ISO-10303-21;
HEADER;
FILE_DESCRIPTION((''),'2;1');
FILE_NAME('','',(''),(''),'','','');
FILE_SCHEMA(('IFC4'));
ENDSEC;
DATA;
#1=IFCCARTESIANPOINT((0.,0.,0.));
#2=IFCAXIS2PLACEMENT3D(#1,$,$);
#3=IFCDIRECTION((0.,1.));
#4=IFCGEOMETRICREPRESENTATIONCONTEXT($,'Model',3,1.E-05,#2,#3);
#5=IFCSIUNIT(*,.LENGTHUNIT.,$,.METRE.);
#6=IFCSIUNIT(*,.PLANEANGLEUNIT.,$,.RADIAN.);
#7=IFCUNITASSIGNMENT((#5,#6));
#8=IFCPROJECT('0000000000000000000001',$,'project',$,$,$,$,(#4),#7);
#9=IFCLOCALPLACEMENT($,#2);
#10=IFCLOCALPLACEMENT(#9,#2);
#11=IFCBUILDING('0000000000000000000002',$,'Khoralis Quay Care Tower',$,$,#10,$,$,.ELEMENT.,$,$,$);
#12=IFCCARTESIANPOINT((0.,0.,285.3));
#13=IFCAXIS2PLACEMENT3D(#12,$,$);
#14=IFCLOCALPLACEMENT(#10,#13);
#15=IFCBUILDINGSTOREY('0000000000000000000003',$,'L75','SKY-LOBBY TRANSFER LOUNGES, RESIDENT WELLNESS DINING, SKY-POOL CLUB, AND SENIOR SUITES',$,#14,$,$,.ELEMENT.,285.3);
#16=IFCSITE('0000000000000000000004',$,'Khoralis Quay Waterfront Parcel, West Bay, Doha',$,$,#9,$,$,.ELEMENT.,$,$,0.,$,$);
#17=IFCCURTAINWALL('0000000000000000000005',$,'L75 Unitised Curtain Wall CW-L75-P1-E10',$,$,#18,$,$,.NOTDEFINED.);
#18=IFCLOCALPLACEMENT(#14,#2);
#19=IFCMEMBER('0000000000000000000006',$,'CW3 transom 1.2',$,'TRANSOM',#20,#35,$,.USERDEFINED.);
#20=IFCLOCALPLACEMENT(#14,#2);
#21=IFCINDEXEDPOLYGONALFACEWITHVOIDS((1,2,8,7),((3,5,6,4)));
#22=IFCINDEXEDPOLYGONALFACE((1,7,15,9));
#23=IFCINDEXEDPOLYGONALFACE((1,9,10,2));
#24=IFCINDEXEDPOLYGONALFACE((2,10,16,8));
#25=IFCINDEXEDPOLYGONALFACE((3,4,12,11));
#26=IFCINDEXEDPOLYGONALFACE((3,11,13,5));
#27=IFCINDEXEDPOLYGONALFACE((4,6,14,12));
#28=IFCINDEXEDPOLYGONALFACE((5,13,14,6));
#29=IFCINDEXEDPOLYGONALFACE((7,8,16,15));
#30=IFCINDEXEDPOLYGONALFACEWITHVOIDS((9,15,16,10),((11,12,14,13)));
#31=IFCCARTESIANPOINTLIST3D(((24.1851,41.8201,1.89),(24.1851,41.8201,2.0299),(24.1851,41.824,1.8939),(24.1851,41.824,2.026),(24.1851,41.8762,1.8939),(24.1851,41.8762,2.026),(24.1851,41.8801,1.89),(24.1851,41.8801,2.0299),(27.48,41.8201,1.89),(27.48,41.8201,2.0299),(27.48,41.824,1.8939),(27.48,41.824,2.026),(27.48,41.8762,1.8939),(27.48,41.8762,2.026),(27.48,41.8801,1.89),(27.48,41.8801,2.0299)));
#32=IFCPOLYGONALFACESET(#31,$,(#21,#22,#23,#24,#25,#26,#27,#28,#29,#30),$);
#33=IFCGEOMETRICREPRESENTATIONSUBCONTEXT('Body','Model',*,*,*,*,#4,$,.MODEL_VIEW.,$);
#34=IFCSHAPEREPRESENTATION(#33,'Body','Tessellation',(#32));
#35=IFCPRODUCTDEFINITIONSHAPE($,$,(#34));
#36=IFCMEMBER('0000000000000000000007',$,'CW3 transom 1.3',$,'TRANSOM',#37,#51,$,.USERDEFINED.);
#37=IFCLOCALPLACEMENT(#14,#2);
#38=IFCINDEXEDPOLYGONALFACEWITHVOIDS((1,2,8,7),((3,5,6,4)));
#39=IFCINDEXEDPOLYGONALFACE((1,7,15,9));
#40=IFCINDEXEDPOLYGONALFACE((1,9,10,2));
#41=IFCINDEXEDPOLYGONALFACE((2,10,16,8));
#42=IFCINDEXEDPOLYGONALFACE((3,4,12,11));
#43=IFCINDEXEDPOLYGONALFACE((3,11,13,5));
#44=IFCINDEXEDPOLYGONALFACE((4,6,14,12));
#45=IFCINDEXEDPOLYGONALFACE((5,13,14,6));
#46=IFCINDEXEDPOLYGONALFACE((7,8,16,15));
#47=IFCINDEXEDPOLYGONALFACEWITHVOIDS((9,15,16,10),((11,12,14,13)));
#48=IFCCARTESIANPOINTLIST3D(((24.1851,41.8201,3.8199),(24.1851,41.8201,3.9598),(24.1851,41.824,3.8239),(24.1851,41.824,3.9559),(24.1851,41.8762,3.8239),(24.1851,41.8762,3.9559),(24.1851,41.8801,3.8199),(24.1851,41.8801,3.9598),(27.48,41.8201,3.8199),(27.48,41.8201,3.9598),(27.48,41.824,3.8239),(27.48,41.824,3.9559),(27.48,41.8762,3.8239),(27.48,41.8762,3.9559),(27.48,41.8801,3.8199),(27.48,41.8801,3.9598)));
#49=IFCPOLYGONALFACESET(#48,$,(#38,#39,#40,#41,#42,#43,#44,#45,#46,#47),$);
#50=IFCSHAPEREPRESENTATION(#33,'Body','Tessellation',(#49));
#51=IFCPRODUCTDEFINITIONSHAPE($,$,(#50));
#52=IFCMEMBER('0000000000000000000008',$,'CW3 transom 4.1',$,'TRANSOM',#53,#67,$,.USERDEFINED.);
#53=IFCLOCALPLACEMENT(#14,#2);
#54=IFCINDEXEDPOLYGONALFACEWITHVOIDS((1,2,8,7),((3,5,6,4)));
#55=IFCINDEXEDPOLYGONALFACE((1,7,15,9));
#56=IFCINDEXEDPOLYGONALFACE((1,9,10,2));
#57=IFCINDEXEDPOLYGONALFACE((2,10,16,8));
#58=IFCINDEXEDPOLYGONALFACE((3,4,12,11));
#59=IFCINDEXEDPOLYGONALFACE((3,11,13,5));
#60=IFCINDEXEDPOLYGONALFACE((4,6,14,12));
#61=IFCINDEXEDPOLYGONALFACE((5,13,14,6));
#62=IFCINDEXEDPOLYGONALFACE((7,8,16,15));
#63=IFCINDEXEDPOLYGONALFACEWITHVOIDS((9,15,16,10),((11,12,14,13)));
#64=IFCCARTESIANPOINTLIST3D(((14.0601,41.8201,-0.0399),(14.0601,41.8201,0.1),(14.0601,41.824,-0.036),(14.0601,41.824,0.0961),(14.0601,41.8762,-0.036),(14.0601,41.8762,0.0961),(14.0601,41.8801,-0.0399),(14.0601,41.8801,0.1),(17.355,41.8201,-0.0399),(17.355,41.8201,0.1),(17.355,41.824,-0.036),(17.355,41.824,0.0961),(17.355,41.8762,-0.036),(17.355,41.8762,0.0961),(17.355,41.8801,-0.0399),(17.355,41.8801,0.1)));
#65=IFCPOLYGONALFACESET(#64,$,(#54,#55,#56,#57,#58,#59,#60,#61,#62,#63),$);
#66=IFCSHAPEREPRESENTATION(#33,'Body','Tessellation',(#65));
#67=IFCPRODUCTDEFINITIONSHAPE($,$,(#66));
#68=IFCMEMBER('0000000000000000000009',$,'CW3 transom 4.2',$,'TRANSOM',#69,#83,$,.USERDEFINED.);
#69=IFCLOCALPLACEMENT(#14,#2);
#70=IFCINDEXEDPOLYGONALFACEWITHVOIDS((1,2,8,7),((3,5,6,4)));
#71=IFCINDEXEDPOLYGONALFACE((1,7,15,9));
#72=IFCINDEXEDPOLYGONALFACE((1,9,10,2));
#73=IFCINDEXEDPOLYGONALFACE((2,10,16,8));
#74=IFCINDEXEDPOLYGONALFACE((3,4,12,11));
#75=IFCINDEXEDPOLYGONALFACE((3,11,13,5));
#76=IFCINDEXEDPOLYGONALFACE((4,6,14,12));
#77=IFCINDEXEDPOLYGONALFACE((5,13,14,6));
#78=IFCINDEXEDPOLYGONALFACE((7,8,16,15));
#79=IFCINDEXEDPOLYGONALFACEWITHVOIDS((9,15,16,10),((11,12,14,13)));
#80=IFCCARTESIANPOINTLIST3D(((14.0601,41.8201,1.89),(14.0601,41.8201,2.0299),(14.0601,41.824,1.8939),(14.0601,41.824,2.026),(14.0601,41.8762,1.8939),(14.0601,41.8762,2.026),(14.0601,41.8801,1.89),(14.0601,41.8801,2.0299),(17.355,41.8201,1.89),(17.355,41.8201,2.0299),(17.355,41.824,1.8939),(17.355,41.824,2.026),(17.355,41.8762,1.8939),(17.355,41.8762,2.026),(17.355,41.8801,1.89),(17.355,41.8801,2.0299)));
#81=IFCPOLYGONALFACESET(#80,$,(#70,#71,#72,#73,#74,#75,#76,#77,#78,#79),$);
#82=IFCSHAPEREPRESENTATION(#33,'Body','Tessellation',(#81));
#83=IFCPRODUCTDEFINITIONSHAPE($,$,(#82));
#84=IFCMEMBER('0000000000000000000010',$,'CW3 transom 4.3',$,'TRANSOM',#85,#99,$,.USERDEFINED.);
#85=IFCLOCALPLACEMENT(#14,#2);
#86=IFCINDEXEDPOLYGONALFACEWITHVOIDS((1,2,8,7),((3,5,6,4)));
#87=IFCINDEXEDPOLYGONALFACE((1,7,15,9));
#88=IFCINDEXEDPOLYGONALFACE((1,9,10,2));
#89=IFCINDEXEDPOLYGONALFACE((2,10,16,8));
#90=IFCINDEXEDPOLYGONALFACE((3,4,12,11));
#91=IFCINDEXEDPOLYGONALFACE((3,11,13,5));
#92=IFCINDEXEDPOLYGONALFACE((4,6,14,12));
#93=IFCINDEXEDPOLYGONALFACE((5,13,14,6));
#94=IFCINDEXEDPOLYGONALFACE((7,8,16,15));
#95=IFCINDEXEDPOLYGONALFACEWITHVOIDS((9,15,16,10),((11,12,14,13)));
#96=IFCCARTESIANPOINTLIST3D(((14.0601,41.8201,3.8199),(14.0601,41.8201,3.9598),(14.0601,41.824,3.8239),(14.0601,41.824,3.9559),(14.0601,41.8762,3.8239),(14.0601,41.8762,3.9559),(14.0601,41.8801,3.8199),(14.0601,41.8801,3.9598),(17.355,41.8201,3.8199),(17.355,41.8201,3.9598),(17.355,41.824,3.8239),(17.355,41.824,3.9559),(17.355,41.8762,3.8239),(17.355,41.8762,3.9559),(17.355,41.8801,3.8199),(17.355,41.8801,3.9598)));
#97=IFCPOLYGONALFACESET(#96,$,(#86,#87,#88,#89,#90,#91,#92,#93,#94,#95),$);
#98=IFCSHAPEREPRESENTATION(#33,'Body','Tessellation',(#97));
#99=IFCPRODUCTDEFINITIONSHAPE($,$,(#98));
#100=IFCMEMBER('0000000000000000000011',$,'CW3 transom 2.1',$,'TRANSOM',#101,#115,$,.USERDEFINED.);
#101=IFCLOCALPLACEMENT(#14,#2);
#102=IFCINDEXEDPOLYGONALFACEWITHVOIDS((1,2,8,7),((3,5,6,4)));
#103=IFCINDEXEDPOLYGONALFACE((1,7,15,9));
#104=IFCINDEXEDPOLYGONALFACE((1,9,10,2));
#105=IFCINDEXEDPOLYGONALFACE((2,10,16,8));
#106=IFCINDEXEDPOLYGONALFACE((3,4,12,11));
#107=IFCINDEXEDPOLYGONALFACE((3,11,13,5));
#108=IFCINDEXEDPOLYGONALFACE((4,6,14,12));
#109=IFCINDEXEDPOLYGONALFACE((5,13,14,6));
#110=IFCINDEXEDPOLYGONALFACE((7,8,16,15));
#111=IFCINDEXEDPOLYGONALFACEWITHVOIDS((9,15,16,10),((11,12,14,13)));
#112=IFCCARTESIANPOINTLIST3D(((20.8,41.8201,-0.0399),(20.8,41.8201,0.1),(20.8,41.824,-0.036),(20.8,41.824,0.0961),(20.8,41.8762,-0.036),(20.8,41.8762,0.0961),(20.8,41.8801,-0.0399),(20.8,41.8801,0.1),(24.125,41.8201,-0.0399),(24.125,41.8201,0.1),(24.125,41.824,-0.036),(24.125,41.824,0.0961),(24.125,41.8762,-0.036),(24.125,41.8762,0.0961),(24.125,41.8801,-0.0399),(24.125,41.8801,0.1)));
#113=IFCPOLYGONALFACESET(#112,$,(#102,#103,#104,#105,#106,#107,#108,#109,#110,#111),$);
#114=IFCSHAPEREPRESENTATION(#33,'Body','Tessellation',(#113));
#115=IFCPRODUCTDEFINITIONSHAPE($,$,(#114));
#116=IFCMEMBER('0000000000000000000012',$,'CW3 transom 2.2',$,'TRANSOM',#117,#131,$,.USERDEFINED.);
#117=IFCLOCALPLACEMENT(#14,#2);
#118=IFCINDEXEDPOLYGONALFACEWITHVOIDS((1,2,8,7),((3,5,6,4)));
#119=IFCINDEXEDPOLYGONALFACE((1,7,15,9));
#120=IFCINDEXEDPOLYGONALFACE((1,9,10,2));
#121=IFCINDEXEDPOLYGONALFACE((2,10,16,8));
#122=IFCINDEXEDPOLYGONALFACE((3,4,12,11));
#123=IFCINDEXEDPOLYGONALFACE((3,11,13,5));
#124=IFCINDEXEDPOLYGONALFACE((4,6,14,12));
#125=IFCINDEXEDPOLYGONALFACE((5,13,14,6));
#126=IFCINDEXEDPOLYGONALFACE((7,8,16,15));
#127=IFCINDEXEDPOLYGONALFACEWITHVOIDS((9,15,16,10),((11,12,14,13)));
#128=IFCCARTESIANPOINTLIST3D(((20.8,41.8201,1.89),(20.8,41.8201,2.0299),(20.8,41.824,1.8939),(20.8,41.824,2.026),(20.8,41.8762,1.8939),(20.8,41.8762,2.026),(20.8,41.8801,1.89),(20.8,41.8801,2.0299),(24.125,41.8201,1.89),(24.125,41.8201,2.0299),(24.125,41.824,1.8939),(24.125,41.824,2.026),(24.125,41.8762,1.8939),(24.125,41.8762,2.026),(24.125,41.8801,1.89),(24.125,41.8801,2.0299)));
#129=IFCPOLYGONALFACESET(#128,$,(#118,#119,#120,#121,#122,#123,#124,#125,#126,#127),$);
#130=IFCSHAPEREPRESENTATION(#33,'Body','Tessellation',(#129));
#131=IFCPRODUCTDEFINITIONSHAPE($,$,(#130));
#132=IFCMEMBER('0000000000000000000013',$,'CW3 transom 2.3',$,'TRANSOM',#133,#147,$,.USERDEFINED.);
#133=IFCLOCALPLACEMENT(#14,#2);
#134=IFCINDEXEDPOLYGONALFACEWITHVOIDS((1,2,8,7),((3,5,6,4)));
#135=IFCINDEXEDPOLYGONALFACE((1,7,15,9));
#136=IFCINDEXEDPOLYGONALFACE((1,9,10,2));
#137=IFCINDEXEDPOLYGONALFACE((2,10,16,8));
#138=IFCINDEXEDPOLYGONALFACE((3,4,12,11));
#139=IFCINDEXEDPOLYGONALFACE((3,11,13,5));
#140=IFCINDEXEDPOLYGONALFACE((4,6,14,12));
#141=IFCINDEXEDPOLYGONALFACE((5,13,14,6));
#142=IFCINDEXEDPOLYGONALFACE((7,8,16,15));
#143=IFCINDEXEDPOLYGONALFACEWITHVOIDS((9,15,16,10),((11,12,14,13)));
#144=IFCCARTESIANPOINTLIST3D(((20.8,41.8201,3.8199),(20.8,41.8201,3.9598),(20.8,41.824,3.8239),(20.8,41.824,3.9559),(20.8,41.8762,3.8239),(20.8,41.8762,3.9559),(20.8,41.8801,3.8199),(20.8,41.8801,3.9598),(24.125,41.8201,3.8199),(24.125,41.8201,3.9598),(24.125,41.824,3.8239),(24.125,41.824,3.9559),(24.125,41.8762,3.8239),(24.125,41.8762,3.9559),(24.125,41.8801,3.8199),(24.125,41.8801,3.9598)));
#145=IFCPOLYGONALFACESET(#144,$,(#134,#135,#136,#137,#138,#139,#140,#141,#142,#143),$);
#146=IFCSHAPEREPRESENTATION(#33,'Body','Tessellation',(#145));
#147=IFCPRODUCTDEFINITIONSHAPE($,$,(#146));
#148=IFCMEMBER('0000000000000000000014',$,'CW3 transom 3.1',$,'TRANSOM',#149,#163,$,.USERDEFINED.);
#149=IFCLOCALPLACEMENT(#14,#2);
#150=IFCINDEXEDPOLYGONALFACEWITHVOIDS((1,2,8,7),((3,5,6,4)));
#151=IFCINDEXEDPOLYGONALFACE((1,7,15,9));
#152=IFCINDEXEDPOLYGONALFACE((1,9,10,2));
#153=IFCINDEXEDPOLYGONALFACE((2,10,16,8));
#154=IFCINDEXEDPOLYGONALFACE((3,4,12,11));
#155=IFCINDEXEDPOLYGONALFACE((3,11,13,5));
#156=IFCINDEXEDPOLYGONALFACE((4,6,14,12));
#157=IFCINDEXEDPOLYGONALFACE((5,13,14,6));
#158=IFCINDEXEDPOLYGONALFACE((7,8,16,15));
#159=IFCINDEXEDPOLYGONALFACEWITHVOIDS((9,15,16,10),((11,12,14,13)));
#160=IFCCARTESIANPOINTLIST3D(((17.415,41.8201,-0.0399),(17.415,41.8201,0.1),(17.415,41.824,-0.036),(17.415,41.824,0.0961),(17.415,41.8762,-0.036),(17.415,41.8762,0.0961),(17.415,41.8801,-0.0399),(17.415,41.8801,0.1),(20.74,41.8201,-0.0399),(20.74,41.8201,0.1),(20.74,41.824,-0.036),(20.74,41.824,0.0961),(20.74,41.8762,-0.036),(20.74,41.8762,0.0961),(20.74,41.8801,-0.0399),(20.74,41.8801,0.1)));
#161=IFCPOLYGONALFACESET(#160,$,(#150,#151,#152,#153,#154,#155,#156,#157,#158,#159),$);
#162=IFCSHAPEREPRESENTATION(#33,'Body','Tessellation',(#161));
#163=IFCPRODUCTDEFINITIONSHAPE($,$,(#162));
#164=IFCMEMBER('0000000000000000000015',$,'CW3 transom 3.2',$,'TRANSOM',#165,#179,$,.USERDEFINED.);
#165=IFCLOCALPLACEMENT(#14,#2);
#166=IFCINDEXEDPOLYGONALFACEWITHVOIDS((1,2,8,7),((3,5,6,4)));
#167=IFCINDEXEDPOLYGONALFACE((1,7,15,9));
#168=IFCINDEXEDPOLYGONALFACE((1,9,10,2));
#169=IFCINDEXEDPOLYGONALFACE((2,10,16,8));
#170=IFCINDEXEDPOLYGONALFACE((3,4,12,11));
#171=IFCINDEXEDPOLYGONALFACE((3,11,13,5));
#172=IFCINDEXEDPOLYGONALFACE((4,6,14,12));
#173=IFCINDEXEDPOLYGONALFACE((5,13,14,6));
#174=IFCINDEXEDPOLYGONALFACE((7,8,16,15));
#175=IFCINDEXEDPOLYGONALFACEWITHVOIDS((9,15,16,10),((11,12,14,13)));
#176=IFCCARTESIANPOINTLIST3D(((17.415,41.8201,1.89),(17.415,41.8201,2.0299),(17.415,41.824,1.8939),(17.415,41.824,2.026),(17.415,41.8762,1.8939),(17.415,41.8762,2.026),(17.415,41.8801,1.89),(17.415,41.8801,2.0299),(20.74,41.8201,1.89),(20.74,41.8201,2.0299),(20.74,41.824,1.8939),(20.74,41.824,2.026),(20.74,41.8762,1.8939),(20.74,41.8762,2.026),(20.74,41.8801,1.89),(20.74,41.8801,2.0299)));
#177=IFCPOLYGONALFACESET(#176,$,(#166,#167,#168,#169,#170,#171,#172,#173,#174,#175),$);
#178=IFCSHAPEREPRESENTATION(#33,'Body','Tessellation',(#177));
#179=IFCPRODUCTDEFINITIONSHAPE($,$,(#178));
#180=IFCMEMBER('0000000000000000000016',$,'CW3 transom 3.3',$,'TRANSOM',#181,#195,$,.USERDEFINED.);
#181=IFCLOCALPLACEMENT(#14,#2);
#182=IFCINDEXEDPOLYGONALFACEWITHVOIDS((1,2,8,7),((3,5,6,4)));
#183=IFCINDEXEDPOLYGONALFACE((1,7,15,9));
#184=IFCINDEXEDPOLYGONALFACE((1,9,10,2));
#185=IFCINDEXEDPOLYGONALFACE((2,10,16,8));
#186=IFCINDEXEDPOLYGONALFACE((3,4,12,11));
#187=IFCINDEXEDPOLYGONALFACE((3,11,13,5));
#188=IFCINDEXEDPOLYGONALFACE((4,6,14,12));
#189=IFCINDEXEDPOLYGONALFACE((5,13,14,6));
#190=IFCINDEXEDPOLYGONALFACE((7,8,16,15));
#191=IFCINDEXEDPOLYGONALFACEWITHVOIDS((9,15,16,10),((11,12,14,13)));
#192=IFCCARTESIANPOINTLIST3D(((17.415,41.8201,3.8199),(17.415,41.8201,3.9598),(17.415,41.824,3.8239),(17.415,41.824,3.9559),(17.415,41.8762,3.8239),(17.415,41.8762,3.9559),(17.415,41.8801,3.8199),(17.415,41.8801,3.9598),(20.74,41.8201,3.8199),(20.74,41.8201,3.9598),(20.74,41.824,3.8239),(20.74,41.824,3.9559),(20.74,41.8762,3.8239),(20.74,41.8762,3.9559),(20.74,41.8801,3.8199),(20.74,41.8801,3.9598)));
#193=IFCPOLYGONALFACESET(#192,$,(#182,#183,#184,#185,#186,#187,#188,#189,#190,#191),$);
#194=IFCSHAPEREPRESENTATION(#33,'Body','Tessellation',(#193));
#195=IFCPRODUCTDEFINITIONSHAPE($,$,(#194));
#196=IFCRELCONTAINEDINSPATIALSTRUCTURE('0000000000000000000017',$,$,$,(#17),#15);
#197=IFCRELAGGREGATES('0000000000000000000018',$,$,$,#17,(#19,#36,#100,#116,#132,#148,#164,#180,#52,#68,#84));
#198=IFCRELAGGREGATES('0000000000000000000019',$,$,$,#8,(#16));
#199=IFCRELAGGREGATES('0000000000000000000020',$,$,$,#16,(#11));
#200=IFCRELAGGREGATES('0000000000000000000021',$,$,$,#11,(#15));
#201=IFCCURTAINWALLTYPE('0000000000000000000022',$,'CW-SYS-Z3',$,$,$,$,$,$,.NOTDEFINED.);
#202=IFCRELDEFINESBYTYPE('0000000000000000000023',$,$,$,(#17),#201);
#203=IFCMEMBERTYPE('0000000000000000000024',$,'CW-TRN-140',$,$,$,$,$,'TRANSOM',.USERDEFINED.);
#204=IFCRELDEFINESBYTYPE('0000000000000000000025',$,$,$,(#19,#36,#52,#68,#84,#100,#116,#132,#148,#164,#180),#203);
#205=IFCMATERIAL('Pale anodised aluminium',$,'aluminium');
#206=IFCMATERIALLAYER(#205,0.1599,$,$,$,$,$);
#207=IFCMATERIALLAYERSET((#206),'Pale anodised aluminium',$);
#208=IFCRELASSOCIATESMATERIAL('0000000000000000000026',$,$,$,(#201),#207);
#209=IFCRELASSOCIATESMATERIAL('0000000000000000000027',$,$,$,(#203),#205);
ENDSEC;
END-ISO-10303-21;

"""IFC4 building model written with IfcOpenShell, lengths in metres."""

from ifc_helpers import new_model, si_unit, direction, frame, origin, origin_2d, place, context, subcontext, project, spatial, hollow_rectangle, extrude, source, transform, mapped, material, layer, layer_set, material_profile, profile_set, type_object, element, aggregate, save


model = new_model("IFC4")

# Units and contexts
model_context = context("Model", 3, precision=1e-05, world=origin(), true_north=direction((0.0, 1.0)))
body_context = subcontext(model_context, "Body", "Model", "MODEL_VIEW")
ifc_project = project(units=[si_unit("LENGTHUNIT", "METRE"), si_unit("PLANEANGLEUNIT", "RADIAN")], contexts=[model_context])

# Site, building, storey
site_placement = place(None, origin())
site = spatial("IfcSite", under=ifc_project, at=site_placement, Name="Khoralis Quay Waterfront Parcel, West Bay, Doha", CompositionType="ELEMENT", RefElevation=0.0)
building_placement = place(site_placement, origin())
building = spatial("IfcBuilding", under=site, at=building_placement, Name="Khoralis Quay Care Tower", CompositionType="ELEMENT")
storey_placement = place(building_placement, frame((0.0, 0.0, 285.3)))
storey = spatial("IfcBuildingStorey", under=building, at=storey_placement, Name="L75", Description="SKY-LOBBY TRANSFER LOUNGES, RESIDENT WELLNESS DINING, SKY-POOL CLUB, AND SENIOR SUITES", CompositionType="ELEMENT", Elevation=285.3)

# Curtain wall, members
ifc_material_1 = material(Name="Pale anodised aluminium", Category="aluminium")
ifc_layer_1 = layer(ifc_material_1, 0.1599)
ifc_layer_set_1 = layer_set([ifc_layer_1], Name="Pale anodised aluminium")
curtain_wall_type = type_object("IfcCurtainWallType", Name="CW-SYS-Z3", PredefinedType="NOTDEFINED", material=ifc_layer_set_1)
curtain_wall_placement = place(storey_placement, origin())
curtain_wall = element("IfcCurtainWall", 1, at=curtain_wall_placement, inside=storey, type_object=curtain_wall_type, Name="L75 Unitised Curtain Wall CW-L75-P1-E10", PredefinedType="NOTDEFINED")
ifc_material_profile_1 = material_profile(ifc_material_1, hollow_rectangle(XDim=0.0601, YDim=0.1399, WallThickness=0.0039, at=origin_2d()), Name="Pale anodised aluminium")
ifc_profile_set_1 = profile_set([ifc_material_profile_1], Name="Pale anodised aluminium")
member_type_1 = type_object("IfcMemberType", Name="CW-TRN-140", ElementType="TRANSOM", PredefinedType="USERDEFINED", material=ifc_profile_set_1)
shared_shape_1 = source(origin(), body_context, "Body", "SweptSolid", [
    extrude(hollow_rectangle(XDim=0.0601, YDim=0.1399, WallThickness=0.0039, at=origin_2d()), origin(), (0.0, 0.0, 1.0), 3.2949),
])
member_1_placement = place(storey_placement, frame((27.48, 41.8501, 1.96), z_axis=(-1.0, 0.0, 0.0), x_axis=(0.0, -1.0, 0.0)))
member_1 = element("IfcMember", 2, at=member_1_placement, type_object=member_type_1, Name="CW3 transom 1.2", ObjectType="TRANSOM", PredefinedType="USERDEFINED", context=body_context, shape_type="MappedRepresentation", body=[
    mapped(shared_shape_1, transform((0.0, 0.0, 0.0), scale=1.0)),
])
member_2_placement = place(storey_placement, frame((27.48, 41.8501, 3.8899), z_axis=(-1.0, 0.0, 0.0), x_axis=(0.0, -1.0, 0.0)))
member_2 = element("IfcMember", 3, at=member_2_placement, type_object=member_type_1, Name="CW3 transom 1.3", ObjectType="TRANSOM", PredefinedType="USERDEFINED", context=body_context, shape_type="MappedRepresentation", body=[
    mapped(shared_shape_1, transform((0.0, 0.0, 0.0), scale=1.0)),
])
member_3_placement = place(storey_placement, frame((17.355, 41.8501, 0.03), z_axis=(-1.0, 0.0, 0.0), x_axis=(0.0, -1.0, 0.0)))
member_3 = element("IfcMember", 4, at=member_3_placement, type_object=member_type_1, Name="CW3 transom 4.1", ObjectType="TRANSOM", PredefinedType="USERDEFINED", context=body_context, shape_type="MappedRepresentation", body=[
    mapped(shared_shape_1, transform((0.0, 0.0, 0.0), scale=1.0)),
])
member_4_placement = place(storey_placement, frame((17.355, 41.8501, 1.96), z_axis=(-1.0, 0.0, 0.0), x_axis=(0.0, -1.0, 0.0)))
member_4 = element("IfcMember", 5, at=member_4_placement, type_object=member_type_1, Name="CW3 transom 4.2", ObjectType="TRANSOM", PredefinedType="USERDEFINED", context=body_context, shape_type="MappedRepresentation", body=[
    mapped(shared_shape_1, transform((0.0, 0.0, 0.0), scale=1.0)),
])
member_5_placement = place(storey_placement, frame((17.355, 41.8501, 3.8899), z_axis=(-1.0, 0.0, 0.0), x_axis=(0.0, -1.0, 0.0)))
member_5 = element("IfcMember", 6, at=member_5_placement, type_object=member_type_1, Name="CW3 transom 4.3", ObjectType="TRANSOM", PredefinedType="USERDEFINED", context=body_context, shape_type="MappedRepresentation", body=[
    mapped(shared_shape_1, transform((0.0, 0.0, 0.0), scale=1.0)),
])
shared_shape_2 = source(origin(), body_context, "Body", "SweptSolid", [
    extrude(hollow_rectangle(XDim=0.0601, YDim=0.1399, WallThickness=0.0039, at=origin_2d()), origin(), (0.0, 0.0, 1.0), 3.325),
])
member_6_placement = place(storey_placement, frame((24.125, 41.8501, 0.03), z_axis=(-1.0, 0.0, 0.0), x_axis=(0.0, -1.0, 0.0)))
member_6 = element("IfcMember", 7, at=member_6_placement, type_object=member_type_1, Name="CW3 transom 2.1", ObjectType="TRANSOM", PredefinedType="USERDEFINED", context=body_context, shape_type="MappedRepresentation", body=[
    mapped(shared_shape_2, transform((0.0, 0.0, 0.0), scale=1.0)),
])
member_7_placement = place(storey_placement, frame((24.125, 41.8501, 1.96), z_axis=(-1.0, 0.0, 0.0), x_axis=(0.0, -1.0, 0.0)))
member_7 = element("IfcMember", 8, at=member_7_placement, type_object=member_type_1, Name="CW3 transom 2.2", ObjectType="TRANSOM", PredefinedType="USERDEFINED", context=body_context, shape_type="MappedRepresentation", body=[
    mapped(shared_shape_2, transform((0.0, 0.0, 0.0), scale=1.0)),
])
member_8_placement = place(storey_placement, frame((24.125, 41.8501, 3.8899), z_axis=(-1.0, 0.0, 0.0), x_axis=(0.0, -1.0, 0.0)))
member_8 = element("IfcMember", 9, at=member_8_placement, type_object=member_type_1, Name="CW3 transom 2.3", ObjectType="TRANSOM", PredefinedType="USERDEFINED", context=body_context, shape_type="MappedRepresentation", body=[
    mapped(shared_shape_2, transform((0.0, 0.0, 0.0), scale=1.0)),
])
member_9_placement = place(storey_placement, frame((20.74, 41.8501, 0.03), z_axis=(-1.0, 0.0, 0.0), x_axis=(0.0, -1.0, 0.0)))
member_9 = element("IfcMember", 10, at=member_9_placement, type_object=member_type_1, Name="CW3 transom 3.1", ObjectType="TRANSOM", PredefinedType="USERDEFINED", context=body_context, shape_type="MappedRepresentation", body=[
    mapped(shared_shape_2, transform((0.0, 0.0, 0.0), scale=1.0)),
])
member_10_placement = place(storey_placement, frame((20.74, 41.8501, 1.96), z_axis=(-1.0, 0.0, 0.0), x_axis=(0.0, -1.0, 0.0)))
member_10 = element("IfcMember", 11, at=member_10_placement, type_object=member_type_1, Name="CW3 transom 3.2", ObjectType="TRANSOM", PredefinedType="USERDEFINED", context=body_context, shape_type="MappedRepresentation", body=[
    mapped(shared_shape_2, transform((0.0, 0.0, 0.0), scale=1.0)),
])
member_11_placement = place(storey_placement, frame((20.74, 41.8501, 3.8899), z_axis=(-1.0, 0.0, 0.0), x_axis=(0.0, -1.0, 0.0)))
member_11 = element("IfcMember", 12, at=member_11_placement, type_object=member_type_1, Name="CW3 transom 3.3", ObjectType="TRANSOM", PredefinedType="USERDEFINED", context=body_context, shape_type="MappedRepresentation", body=[
    mapped(shared_shape_2, transform((0.0, 0.0, 0.0), scale=1.0)),
])
aggregate(curtain_wall, [member_1, member_2, member_6, member_7, member_8, member_9, member_10, member_11, member_3, member_4, member_5])

save(model, "model.ifc")
